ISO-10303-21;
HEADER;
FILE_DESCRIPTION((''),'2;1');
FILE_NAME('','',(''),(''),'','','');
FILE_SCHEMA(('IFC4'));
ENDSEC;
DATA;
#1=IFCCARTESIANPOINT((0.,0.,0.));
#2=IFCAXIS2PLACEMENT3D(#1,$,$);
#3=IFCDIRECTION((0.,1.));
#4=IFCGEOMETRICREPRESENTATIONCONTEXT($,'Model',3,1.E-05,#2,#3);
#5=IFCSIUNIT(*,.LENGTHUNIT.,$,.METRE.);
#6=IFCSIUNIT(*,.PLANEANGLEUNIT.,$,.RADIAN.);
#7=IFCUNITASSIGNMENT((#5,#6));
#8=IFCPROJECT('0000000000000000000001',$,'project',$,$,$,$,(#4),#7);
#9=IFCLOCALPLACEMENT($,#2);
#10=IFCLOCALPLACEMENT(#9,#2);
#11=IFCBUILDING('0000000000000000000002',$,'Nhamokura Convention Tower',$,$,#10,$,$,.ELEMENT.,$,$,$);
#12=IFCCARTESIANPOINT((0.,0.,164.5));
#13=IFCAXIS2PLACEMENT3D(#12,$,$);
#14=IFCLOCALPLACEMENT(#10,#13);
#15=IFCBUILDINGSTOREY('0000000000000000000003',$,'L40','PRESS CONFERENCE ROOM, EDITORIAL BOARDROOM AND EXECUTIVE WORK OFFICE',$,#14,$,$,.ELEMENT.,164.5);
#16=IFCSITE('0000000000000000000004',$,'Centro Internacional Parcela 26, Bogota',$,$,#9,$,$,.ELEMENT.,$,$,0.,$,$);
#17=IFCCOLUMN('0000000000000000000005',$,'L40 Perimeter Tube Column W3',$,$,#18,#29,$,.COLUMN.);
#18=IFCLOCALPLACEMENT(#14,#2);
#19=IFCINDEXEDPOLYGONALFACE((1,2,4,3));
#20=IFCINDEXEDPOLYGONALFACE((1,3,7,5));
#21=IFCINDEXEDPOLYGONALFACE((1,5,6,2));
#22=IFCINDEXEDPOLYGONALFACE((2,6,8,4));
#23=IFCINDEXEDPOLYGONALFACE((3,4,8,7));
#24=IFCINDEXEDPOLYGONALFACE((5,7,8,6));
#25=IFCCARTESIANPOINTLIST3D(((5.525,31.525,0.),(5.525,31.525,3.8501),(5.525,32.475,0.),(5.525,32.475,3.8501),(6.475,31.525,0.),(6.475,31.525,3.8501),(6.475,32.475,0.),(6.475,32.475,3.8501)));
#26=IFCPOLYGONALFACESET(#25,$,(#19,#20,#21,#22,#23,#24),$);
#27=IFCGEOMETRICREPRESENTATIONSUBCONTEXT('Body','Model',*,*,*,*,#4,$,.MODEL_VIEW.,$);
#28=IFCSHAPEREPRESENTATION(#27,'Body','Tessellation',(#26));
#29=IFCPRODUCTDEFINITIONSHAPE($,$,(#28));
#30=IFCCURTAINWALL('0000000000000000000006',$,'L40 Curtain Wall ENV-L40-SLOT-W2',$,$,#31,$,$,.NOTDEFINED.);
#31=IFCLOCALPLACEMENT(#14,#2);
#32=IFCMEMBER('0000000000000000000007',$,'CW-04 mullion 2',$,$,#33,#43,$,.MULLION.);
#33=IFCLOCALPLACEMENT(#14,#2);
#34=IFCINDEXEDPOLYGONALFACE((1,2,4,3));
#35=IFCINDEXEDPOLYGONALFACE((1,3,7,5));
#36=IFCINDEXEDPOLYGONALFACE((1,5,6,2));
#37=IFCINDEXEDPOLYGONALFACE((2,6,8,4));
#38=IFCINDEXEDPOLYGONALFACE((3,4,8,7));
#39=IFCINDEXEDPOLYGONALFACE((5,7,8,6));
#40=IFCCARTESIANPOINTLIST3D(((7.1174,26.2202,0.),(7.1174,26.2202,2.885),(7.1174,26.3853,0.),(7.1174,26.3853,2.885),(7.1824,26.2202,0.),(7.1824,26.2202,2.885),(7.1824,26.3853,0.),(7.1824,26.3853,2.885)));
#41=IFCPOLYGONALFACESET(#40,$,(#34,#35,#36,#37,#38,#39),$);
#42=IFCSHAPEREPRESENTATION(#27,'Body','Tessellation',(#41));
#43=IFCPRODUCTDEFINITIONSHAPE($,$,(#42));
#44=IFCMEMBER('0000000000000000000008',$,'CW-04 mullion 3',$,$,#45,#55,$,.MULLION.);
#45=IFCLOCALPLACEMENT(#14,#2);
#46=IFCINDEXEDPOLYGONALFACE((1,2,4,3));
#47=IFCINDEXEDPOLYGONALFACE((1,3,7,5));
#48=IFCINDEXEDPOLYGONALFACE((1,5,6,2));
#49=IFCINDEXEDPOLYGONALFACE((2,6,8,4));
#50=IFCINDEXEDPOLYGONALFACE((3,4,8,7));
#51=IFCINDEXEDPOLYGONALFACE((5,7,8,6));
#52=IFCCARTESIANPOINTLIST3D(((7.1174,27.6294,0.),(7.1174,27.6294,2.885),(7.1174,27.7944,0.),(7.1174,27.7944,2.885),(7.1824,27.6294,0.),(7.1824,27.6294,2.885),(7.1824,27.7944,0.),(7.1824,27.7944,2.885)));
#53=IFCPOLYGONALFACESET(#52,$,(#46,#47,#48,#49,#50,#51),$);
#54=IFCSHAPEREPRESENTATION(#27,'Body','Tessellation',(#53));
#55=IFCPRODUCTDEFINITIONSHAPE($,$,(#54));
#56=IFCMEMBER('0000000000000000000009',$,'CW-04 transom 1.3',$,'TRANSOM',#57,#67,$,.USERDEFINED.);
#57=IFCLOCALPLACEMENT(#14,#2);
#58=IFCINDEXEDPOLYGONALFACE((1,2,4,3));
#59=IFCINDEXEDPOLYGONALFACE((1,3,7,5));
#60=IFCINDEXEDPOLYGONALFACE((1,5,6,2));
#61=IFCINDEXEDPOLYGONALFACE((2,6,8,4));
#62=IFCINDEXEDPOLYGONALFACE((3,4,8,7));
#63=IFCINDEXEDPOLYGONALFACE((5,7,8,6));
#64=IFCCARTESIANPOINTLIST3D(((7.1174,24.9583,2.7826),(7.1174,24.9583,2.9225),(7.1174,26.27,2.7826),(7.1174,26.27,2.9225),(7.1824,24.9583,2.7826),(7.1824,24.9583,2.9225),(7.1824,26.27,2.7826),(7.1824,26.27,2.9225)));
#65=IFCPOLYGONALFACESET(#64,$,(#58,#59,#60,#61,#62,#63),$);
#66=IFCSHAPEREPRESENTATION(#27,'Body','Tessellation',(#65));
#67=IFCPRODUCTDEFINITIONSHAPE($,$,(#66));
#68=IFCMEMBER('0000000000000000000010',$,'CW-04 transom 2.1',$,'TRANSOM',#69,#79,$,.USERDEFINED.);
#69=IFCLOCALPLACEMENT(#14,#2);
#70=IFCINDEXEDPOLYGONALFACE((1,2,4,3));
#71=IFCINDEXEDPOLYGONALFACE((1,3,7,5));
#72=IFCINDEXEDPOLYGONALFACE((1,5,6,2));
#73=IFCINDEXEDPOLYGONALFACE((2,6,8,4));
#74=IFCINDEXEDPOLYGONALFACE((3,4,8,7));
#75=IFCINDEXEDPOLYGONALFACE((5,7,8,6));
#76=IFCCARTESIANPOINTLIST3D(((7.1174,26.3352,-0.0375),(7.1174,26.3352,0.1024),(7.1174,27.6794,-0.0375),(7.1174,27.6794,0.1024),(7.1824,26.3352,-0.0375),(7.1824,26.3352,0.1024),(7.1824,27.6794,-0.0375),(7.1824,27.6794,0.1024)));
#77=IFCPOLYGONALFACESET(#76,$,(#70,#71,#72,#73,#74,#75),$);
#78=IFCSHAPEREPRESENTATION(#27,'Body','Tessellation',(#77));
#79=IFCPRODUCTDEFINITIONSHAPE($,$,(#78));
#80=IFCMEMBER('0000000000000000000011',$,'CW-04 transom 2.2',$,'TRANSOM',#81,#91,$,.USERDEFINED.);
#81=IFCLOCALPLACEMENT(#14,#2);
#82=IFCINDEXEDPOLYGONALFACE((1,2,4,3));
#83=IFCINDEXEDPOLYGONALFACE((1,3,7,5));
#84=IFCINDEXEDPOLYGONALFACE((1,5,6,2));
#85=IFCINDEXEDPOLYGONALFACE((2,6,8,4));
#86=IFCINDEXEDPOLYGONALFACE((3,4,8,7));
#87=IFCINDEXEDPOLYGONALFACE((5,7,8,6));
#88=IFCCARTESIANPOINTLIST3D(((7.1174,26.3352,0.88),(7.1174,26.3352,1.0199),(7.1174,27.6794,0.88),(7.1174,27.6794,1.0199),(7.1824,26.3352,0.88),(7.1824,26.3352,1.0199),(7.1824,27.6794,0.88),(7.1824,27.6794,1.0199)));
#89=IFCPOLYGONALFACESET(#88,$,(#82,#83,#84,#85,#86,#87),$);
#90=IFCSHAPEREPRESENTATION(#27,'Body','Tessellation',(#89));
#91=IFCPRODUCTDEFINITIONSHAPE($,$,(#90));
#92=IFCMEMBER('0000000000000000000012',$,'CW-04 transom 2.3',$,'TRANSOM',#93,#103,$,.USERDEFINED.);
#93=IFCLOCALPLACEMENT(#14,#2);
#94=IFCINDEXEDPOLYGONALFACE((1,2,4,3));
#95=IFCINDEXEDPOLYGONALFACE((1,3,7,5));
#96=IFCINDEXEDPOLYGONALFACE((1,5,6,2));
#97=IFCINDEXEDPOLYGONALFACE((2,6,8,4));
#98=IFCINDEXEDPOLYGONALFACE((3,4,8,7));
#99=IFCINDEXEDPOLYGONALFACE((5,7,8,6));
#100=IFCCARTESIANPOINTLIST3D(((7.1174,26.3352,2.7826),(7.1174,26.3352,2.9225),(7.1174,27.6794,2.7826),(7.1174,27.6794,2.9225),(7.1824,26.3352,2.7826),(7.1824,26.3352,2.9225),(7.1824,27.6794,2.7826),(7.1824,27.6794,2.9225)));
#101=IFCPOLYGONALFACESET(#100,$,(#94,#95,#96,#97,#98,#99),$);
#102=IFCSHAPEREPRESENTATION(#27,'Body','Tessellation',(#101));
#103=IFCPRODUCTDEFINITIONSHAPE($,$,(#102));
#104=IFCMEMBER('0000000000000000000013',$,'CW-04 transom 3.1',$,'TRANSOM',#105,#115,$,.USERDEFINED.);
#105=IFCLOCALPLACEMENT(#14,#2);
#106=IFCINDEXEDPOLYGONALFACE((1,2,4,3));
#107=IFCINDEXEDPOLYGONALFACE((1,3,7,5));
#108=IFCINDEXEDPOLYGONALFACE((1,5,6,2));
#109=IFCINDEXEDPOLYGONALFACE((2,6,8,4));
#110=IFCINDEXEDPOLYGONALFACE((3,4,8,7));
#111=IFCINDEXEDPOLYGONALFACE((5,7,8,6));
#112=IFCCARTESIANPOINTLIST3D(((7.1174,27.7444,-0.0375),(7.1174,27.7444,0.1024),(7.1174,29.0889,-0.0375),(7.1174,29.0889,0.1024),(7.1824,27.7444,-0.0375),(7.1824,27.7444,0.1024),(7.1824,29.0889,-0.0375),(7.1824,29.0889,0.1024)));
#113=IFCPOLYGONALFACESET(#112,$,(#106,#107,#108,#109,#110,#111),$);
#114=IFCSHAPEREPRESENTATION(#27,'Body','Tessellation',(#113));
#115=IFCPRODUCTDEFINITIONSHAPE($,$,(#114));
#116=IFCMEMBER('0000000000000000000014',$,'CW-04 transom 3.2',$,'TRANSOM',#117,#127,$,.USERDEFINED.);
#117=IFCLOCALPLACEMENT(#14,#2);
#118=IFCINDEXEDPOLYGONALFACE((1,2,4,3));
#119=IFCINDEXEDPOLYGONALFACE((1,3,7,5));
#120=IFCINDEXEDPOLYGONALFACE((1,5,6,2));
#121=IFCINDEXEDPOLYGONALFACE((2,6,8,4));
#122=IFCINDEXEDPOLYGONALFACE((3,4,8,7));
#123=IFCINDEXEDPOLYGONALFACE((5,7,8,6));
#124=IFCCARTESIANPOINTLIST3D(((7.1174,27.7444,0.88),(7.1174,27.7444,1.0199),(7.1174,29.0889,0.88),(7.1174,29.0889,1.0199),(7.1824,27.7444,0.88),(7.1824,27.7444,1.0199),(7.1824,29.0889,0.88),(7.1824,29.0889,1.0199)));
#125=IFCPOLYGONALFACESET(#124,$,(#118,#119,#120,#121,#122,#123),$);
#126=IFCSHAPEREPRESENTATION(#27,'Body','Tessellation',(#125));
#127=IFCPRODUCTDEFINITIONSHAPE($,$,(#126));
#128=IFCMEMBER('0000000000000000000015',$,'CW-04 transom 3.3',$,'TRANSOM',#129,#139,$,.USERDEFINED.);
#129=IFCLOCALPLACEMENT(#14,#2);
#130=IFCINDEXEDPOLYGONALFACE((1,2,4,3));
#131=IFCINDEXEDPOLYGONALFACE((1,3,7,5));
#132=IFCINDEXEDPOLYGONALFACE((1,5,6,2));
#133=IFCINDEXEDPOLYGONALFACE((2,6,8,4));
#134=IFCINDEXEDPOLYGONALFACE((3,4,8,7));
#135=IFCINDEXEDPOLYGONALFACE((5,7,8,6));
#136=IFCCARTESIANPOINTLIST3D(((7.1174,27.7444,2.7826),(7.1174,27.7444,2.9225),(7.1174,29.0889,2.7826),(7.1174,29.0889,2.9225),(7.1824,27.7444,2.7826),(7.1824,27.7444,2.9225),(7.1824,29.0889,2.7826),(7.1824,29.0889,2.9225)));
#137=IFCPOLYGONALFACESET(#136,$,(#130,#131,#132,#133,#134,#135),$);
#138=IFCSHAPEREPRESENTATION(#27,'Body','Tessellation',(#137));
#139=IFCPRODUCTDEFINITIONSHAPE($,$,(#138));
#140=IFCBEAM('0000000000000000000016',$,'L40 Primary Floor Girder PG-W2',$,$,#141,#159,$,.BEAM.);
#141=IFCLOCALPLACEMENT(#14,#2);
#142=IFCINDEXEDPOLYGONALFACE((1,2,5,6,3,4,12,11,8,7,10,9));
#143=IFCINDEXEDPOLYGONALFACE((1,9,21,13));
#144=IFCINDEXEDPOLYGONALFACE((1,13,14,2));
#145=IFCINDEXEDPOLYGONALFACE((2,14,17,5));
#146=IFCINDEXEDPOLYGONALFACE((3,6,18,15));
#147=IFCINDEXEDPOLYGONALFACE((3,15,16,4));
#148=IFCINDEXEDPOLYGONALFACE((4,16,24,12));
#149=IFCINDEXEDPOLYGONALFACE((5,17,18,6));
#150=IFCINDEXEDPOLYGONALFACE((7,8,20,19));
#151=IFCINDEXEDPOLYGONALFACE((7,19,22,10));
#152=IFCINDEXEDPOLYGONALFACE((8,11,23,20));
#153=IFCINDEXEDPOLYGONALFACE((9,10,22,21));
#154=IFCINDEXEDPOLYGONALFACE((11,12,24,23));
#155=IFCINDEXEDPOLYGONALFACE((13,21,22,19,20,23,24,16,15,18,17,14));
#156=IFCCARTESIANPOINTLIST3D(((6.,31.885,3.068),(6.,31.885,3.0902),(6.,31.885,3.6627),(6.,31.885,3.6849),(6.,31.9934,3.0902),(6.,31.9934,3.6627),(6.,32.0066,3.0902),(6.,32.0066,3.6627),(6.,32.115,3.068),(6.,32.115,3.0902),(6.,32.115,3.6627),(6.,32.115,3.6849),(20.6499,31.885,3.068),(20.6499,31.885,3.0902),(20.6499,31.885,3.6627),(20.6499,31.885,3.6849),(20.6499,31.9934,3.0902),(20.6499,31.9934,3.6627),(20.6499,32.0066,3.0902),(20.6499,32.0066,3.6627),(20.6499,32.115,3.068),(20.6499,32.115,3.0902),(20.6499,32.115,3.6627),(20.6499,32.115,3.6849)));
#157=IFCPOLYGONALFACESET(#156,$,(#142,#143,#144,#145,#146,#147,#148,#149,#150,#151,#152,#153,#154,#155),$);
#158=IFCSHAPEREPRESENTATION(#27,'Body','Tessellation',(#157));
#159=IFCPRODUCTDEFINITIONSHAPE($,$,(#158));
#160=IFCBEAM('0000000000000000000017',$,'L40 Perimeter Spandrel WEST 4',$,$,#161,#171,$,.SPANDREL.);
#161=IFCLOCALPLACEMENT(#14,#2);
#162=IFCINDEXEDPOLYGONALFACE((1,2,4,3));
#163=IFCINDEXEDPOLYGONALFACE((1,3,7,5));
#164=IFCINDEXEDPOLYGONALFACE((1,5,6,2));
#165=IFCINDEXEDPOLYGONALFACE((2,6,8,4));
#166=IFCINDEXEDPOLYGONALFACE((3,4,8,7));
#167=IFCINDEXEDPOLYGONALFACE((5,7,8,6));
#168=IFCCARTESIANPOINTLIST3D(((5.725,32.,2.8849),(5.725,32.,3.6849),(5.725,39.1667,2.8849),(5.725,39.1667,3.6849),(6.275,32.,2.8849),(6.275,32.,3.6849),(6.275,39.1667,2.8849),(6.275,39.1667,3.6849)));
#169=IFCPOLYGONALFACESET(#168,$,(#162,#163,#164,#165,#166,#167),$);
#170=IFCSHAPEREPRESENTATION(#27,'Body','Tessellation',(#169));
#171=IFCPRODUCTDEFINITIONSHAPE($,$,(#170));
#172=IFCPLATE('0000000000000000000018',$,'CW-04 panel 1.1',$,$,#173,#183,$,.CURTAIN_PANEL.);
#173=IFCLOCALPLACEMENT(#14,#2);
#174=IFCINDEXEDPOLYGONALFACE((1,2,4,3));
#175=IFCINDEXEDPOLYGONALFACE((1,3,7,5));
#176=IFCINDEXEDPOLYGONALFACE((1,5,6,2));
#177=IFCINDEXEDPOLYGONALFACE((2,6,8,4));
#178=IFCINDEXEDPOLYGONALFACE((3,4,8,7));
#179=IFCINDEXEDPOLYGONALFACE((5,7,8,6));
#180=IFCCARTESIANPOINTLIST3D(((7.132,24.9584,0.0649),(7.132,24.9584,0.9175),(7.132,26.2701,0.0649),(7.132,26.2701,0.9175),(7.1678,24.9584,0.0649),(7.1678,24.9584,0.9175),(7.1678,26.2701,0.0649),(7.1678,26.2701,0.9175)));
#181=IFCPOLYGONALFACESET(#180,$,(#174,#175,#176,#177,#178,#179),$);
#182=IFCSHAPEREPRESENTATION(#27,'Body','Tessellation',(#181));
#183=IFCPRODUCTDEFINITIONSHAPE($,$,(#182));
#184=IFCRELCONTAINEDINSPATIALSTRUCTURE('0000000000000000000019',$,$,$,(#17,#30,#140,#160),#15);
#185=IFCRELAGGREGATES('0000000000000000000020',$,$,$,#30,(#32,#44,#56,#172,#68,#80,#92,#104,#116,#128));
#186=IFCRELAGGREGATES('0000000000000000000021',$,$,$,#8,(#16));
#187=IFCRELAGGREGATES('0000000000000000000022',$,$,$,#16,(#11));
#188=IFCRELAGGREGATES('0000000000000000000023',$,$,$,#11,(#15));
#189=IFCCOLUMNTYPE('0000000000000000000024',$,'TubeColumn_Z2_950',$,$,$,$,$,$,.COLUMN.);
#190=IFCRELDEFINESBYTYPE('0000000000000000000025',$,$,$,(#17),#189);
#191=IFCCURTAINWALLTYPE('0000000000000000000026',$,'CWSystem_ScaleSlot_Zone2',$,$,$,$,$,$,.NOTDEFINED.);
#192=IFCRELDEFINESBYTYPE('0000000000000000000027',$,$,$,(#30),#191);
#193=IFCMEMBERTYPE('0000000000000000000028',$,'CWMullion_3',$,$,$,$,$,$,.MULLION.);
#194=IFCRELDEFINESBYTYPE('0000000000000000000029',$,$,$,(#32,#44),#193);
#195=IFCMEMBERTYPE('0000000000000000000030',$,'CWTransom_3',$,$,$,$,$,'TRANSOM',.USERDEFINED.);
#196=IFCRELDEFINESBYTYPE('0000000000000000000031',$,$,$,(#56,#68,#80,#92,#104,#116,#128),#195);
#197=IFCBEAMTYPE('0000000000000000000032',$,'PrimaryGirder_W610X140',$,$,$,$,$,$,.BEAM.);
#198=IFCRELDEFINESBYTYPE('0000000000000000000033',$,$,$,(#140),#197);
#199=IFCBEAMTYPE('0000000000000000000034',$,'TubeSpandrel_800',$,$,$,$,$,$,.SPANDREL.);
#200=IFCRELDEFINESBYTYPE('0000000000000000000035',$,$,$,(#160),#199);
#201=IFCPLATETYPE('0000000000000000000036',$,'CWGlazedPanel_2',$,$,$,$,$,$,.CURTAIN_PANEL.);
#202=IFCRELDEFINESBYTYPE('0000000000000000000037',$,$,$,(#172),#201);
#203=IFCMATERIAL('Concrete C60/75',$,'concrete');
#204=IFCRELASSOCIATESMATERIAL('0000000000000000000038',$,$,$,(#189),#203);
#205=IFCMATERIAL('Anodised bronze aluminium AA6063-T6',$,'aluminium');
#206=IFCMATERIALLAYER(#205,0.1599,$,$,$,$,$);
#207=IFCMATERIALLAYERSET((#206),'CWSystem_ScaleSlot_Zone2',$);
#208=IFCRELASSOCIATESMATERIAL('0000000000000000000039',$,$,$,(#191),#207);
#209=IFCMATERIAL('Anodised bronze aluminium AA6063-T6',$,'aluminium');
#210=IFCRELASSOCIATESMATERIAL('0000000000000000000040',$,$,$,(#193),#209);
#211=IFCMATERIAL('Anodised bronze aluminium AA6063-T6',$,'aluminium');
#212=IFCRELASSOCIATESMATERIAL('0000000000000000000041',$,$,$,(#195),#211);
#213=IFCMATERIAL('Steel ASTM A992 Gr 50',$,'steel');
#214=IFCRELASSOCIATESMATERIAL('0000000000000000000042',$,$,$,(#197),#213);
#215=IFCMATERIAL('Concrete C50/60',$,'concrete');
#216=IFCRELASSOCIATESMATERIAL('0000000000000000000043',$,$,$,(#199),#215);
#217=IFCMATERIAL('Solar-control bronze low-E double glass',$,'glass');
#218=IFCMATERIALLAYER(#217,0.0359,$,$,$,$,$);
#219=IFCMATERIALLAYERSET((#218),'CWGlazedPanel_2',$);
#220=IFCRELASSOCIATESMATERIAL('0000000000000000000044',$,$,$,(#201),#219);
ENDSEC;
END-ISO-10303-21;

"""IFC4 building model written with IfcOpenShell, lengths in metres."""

from ifc_helpers import new_model, si_unit, direction, frame, origin, origin_2d, place, context, subcontext, project, spatial, rectangle, i_section, extrude, material, layer, layer_set, material_profile, profile_set, type_object, element, aggregate, save


model = new_model("IFC4")

# Units and contexts
model_context = context("Model", 3, precision=1e-05, world=origin(), true_north=direction((0.0, 1.0)))
body_context = subcontext(model_context, "Body", "Model", "MODEL_VIEW")
ifc_project = project(units=[si_unit("LENGTHUNIT", "METRE"), si_unit("PLANEANGLEUNIT", "RADIAN")], contexts=[model_context])

# Site, building, storey
site_placement = place(None, origin())
site = spatial("IfcSite", under=ifc_project, at=site_placement, Name="Centro Internacional Parcela 26, Bogota", CompositionType="ELEMENT", RefElevation=0.0)
building_placement = place(site_placement, origin())
building = spatial("IfcBuilding", under=site, at=building_placement, Name="Nhamokura Convention Tower", CompositionType="ELEMENT")
storey_placement = place(building_placement, frame((0.0, 0.0, 164.5)))
storey = spatial("IfcBuildingStorey", under=building, at=storey_placement, Name="L40", Description="PRESS CONFERENCE ROOM, EDITORIAL BOARDROOM AND EXECUTIVE WORK OFFICE", CompositionType="ELEMENT", Elevation=164.5)

# Column
ifc_material_1 = material(Name="Concrete C60/75", Category="concrete")
ifc_material_profile_1 = material_profile(ifc_material_1, rectangle(XDim=0.95, YDim=0.95, at=origin_2d()))
ifc_profile_set_1 = profile_set([ifc_material_profile_1], Name="Concrete C60/75")
column_type = type_object("IfcColumnType", Name="TubeColumn_Z2_950", PredefinedType="COLUMN", material=ifc_profile_set_1)
column_placement = place(storey_placement, frame((6.0, 32.0, 0.0), z_axis=(0.0, 0.0, 1.0), x_axis=(1.0, 0.0, 0.0)))
element("IfcColumn", 1, at=column_placement, inside=storey, type_object=column_type, Name="L40 Perimeter Tube Column W3", PredefinedType="COLUMN", context=body_context, shape_type="SweptSolid", body=[
    extrude(rectangle(XDim=0.95, YDim=0.95, at=origin_2d()), origin(), (0.0, 0.0, 1.0), 3.8501),
])

# Curtain wall, members
ifc_material_2 = material(Name="Anodised bronze aluminium AA6063-T6", Category="aluminium")
ifc_layer_1 = layer(ifc_material_2, 0.1599)
ifc_layer_set_1 = layer_set([ifc_layer_1], Name="CWSystem_ScaleSlot_Zone2")
curtain_wall_type = type_object("IfcCurtainWallType", Name="CWSystem_ScaleSlot_Zone2", PredefinedType="NOTDEFINED", material=ifc_layer_set_1)
curtain_wall_placement = place(storey_placement, origin())
curtain_wall = element("IfcCurtainWall", 2, at=curtain_wall_placement, inside=storey, type_object=curtain_wall_type, Name="L40 Curtain Wall ENV-L40-SLOT-W2", PredefinedType="NOTDEFINED")
ifc_material_3 = material(Name="Anodised bronze aluminium AA6063-T6", Category="aluminium")
ifc_material_profile_2 = material_profile(ifc_material_3, rectangle(XDim=0.0649, YDim=0.165, at=origin_2d()))
ifc_profile_set_2 = profile_set([ifc_material_profile_2], Name="Anodised bronze aluminium AA6063-T6")
member_type_1 = type_object("IfcMemberType", Name="CWMullion_3", PredefinedType="MULLION", material=ifc_profile_set_2)
member_1_placement = place(storey_placement, frame((7.1499, 26.3027, 0.0), z_axis=(0.0, 0.0, 1.0), x_axis=(-1.0, 0.0, 0.0)))
member_1 = element("IfcMember", 3, at=member_1_placement, type_object=member_type_1, Name="CW-04 mullion 2", PredefinedType="MULLION", context=body_context, shape_type="SweptSolid", body=[
    extrude(rectangle(XDim=0.0649, YDim=0.165, at=origin_2d()), origin(), (0.0, 0.0, 1.0), 2.885),
])
member_2_placement = place(storey_placement, frame((7.1499, 27.7119, 0.0), z_axis=(0.0, 0.0, 1.0), x_axis=(-1.0, 0.0, 0.0)))
member_2 = element("IfcMember", 4, at=member_2_placement, type_object=member_type_1, Name="CW-04 mullion 3", PredefinedType="MULLION", context=body_context, shape_type="SweptSolid", body=[
    extrude(rectangle(XDim=0.0649, YDim=0.165, at=origin_2d()), origin(), (0.0, 0.0, 1.0), 2.885),
])
ifc_material_4 = material(Name="Anodised bronze aluminium AA6063-T6", Category="aluminium")
ifc_material_profile_3 = material_profile(ifc_material_4, rectangle(XDim=0.0649, YDim=0.1399, at=origin_2d()))
ifc_profile_set_3 = profile_set([ifc_material_profile_3], Name="Anodised bronze aluminium AA6063-T6")
member_type_2 = type_object("IfcMemberType", Name="CWTransom_3", ElementType="TRANSOM", PredefinedType="USERDEFINED", material=ifc_profile_set_3)
member_3_placement = place(storey_placement, frame((7.1499, 24.9583, 2.8525), z_axis=(0.0, 1.0, 0.0), x_axis=(-1.0, 0.0, 0.0)))
member_3 = element("IfcMember", 5, at=member_3_placement, type_object=member_type_2, Name="CW-04 transom 1.3", ObjectType="TRANSOM", PredefinedType="USERDEFINED", context=body_context, shape_type="SweptSolid", body=[
    extrude(rectangle(XDim=0.0649, YDim=0.1399, at=origin_2d()), origin(), (0.0, 0.0, 1.0), 1.3118),
])
member_4_placement = place(storey_placement, frame((7.1499, 26.3352, 0.0325), z_axis=(0.0, 1.0, 0.0), x_axis=(-1.0, 0.0, 0.0)))
member_4 = element("IfcMember", 6, at=member_4_placement, type_object=member_type_2, Name="CW-04 transom 2.1", ObjectType="TRANSOM", PredefinedType="USERDEFINED", context=body_context, shape_type="SweptSolid", body=[
    extrude(rectangle(XDim=0.0649, YDim=0.1399, at=origin_2d()), origin(), (0.0, 0.0, 1.0), 1.3442),
])
member_5_placement = place(storey_placement, frame((7.1499, 26.3352, 0.95), z_axis=(0.0, 1.0, 0.0), x_axis=(-1.0, 0.0, 0.0)))
member_5 = element("IfcMember", 7, at=member_5_placement, type_object=member_type_2, Name="CW-04 transom 2.2", ObjectType="TRANSOM", PredefinedType="USERDEFINED", context=body_context, shape_type="SweptSolid", body=[
    extrude(rectangle(XDim=0.0649, YDim=0.1399, at=origin_2d()), origin(), (0.0, 0.0, 1.0), 1.3442),
])
member_6_placement = place(storey_placement, frame((7.1499, 26.3352, 2.8525), z_axis=(0.0, 1.0, 0.0), x_axis=(-1.0, 0.0, 0.0)))
member_6 = element("IfcMember", 8, at=member_6_placement, type_object=member_type_2, Name="CW-04 transom 2.3", ObjectType="TRANSOM", PredefinedType="USERDEFINED", context=body_context, shape_type="SweptSolid", body=[
    extrude(rectangle(XDim=0.0649, YDim=0.1399, at=origin_2d()), origin(), (0.0, 0.0, 1.0), 1.3442),
])
member_7_placement = place(storey_placement, frame((7.1499, 27.7444, 0.0325), z_axis=(0.0, 1.0, 0.0), x_axis=(-1.0, 0.0, 0.0)))
member_7 = element("IfcMember", 9, at=member_7_placement, type_object=member_type_2, Name="CW-04 transom 3.1", ObjectType="TRANSOM", PredefinedType="USERDEFINED", context=body_context, shape_type="SweptSolid", body=[
    extrude(rectangle(XDim=0.0649, YDim=0.1399, at=origin_2d()), origin(), (0.0, 0.0, 1.0), 1.3445),
])
member_8_placement = place(storey_placement, frame((7.1499, 27.7444, 0.95), z_axis=(0.0, 1.0, 0.0), x_axis=(-1.0, 0.0, 0.0)))
member_8 = element("IfcMember", 10, at=member_8_placement, type_object=member_type_2, Name="CW-04 transom 3.2", ObjectType="TRANSOM", PredefinedType="USERDEFINED", context=body_context, shape_type="SweptSolid", body=[
    extrude(rectangle(XDim=0.0649, YDim=0.1399, at=origin_2d()), origin(), (0.0, 0.0, 1.0), 1.3445),
])
member_9_placement = place(storey_placement, frame((7.1499, 27.7444, 2.8525), z_axis=(0.0, 1.0, 0.0), x_axis=(-1.0, 0.0, 0.0)))
member_9 = element("IfcMember", 11, at=member_9_placement, type_object=member_type_2, Name="CW-04 transom 3.3", ObjectType="TRANSOM", PredefinedType="USERDEFINED", context=body_context, shape_type="SweptSolid", body=[
    extrude(rectangle(XDim=0.0649, YDim=0.1399, at=origin_2d()), origin(), (0.0, 0.0, 1.0), 1.3445),
])

# Beams
ifc_material_5 = material(Name="Steel ASTM A992 Gr 50", Category="steel")
ifc_material_profile_4 = material_profile(ifc_material_5, i_section(OverallWidth=0.23, OverallDepth=0.6169, WebThickness=0.0132, FlangeThickness=0.0222, at=origin_2d()))
ifc_profile_set_4 = profile_set([ifc_material_profile_4], Name="Steel ASTM A992 Gr 50")
beam_type_1 = type_object("IfcBeamType", Name="PrimaryGirder_W610X140", PredefinedType="BEAM", material=ifc_profile_set_4)
beam_1_placement = place(storey_placement, frame((6.0, 32.0, 3.3765), z_axis=(1.0, 0.0, 0.0), x_axis=(0.0, 1.0, 0.0)))
element("IfcBeam", 12, at=beam_1_placement, inside=storey, type_object=beam_type_1, Name="L40 Primary Floor Girder PG-W2", PredefinedType="BEAM", context=body_context, shape_type="SweptSolid", body=[
    extrude(i_section(OverallWidth=0.23, OverallDepth=0.6169, WebThickness=0.0132, FlangeThickness=0.0222, at=origin_2d()), origin(), (0.0, 0.0, 1.0), 14.6499),
])
ifc_material_6 = material(Name="Concrete C50/60", Category="concrete")
ifc_material_profile_5 = material_profile(ifc_material_6, rectangle(XDim=0.55, YDim=0.8, at=origin_2d()))
ifc_profile_set_5 = profile_set([ifc_material_profile_5], Name="Concrete C50/60")
beam_type_2 = type_object("IfcBeamType", Name="TubeSpandrel_800", PredefinedType="SPANDREL", material=ifc_profile_set_5)
beam_2_placement = place(storey_placement, frame((6.0, 32.0, 3.2849), z_axis=(0.0, 1.0, 0.0), x_axis=(-1.0, 0.0, 0.0)))
element("IfcBeam", 13, at=beam_2_placement, inside=storey, type_object=beam_type_2, Name="L40 Perimeter Spandrel WEST 4", PredefinedType="SPANDREL", context=body_context, shape_type="SweptSolid", body=[
    extrude(rectangle(XDim=0.55, YDim=0.8, at=origin_2d()), origin(), (0.0, 0.0, 1.0), 7.1667),
])

# Plate
ifc_material_7 = material(Name="Solar-control bronze low-E double glass", Category="glass")
ifc_layer_2 = layer(ifc_material_7, 0.0359)
ifc_layer_set_2 = layer_set([ifc_layer_2], Name="CWGlazedPanel_2")
plate_type = type_object("IfcPlateType", Name="CWGlazedPanel_2", PredefinedType="CURTAIN_PANEL", material=ifc_layer_set_2)
plate_1_placement = place(storey_placement, frame((7.1499, 25.6143, 0.0649), z_axis=(0.0, 0.0, 1.0), x_axis=(0.0, 1.0, 0.0)))
plate_1 = element("IfcPlate", 14, at=plate_1_placement, type_object=plate_type, Name="CW-04 panel 1.1", PredefinedType="CURTAIN_PANEL", context=body_context, shape_type="SweptSolid", body=[
    extrude(rectangle(XDim=1.3118, YDim=0.0359, at=origin_2d()), origin(), (0.0, 0.0, 1.0), 0.8525),
])
aggregate(curtain_wall, [member_1, member_2, member_3, plate_1, member_4, member_5, member_6, member_7, member_8, member_9])

save(model, "model.ifc")
